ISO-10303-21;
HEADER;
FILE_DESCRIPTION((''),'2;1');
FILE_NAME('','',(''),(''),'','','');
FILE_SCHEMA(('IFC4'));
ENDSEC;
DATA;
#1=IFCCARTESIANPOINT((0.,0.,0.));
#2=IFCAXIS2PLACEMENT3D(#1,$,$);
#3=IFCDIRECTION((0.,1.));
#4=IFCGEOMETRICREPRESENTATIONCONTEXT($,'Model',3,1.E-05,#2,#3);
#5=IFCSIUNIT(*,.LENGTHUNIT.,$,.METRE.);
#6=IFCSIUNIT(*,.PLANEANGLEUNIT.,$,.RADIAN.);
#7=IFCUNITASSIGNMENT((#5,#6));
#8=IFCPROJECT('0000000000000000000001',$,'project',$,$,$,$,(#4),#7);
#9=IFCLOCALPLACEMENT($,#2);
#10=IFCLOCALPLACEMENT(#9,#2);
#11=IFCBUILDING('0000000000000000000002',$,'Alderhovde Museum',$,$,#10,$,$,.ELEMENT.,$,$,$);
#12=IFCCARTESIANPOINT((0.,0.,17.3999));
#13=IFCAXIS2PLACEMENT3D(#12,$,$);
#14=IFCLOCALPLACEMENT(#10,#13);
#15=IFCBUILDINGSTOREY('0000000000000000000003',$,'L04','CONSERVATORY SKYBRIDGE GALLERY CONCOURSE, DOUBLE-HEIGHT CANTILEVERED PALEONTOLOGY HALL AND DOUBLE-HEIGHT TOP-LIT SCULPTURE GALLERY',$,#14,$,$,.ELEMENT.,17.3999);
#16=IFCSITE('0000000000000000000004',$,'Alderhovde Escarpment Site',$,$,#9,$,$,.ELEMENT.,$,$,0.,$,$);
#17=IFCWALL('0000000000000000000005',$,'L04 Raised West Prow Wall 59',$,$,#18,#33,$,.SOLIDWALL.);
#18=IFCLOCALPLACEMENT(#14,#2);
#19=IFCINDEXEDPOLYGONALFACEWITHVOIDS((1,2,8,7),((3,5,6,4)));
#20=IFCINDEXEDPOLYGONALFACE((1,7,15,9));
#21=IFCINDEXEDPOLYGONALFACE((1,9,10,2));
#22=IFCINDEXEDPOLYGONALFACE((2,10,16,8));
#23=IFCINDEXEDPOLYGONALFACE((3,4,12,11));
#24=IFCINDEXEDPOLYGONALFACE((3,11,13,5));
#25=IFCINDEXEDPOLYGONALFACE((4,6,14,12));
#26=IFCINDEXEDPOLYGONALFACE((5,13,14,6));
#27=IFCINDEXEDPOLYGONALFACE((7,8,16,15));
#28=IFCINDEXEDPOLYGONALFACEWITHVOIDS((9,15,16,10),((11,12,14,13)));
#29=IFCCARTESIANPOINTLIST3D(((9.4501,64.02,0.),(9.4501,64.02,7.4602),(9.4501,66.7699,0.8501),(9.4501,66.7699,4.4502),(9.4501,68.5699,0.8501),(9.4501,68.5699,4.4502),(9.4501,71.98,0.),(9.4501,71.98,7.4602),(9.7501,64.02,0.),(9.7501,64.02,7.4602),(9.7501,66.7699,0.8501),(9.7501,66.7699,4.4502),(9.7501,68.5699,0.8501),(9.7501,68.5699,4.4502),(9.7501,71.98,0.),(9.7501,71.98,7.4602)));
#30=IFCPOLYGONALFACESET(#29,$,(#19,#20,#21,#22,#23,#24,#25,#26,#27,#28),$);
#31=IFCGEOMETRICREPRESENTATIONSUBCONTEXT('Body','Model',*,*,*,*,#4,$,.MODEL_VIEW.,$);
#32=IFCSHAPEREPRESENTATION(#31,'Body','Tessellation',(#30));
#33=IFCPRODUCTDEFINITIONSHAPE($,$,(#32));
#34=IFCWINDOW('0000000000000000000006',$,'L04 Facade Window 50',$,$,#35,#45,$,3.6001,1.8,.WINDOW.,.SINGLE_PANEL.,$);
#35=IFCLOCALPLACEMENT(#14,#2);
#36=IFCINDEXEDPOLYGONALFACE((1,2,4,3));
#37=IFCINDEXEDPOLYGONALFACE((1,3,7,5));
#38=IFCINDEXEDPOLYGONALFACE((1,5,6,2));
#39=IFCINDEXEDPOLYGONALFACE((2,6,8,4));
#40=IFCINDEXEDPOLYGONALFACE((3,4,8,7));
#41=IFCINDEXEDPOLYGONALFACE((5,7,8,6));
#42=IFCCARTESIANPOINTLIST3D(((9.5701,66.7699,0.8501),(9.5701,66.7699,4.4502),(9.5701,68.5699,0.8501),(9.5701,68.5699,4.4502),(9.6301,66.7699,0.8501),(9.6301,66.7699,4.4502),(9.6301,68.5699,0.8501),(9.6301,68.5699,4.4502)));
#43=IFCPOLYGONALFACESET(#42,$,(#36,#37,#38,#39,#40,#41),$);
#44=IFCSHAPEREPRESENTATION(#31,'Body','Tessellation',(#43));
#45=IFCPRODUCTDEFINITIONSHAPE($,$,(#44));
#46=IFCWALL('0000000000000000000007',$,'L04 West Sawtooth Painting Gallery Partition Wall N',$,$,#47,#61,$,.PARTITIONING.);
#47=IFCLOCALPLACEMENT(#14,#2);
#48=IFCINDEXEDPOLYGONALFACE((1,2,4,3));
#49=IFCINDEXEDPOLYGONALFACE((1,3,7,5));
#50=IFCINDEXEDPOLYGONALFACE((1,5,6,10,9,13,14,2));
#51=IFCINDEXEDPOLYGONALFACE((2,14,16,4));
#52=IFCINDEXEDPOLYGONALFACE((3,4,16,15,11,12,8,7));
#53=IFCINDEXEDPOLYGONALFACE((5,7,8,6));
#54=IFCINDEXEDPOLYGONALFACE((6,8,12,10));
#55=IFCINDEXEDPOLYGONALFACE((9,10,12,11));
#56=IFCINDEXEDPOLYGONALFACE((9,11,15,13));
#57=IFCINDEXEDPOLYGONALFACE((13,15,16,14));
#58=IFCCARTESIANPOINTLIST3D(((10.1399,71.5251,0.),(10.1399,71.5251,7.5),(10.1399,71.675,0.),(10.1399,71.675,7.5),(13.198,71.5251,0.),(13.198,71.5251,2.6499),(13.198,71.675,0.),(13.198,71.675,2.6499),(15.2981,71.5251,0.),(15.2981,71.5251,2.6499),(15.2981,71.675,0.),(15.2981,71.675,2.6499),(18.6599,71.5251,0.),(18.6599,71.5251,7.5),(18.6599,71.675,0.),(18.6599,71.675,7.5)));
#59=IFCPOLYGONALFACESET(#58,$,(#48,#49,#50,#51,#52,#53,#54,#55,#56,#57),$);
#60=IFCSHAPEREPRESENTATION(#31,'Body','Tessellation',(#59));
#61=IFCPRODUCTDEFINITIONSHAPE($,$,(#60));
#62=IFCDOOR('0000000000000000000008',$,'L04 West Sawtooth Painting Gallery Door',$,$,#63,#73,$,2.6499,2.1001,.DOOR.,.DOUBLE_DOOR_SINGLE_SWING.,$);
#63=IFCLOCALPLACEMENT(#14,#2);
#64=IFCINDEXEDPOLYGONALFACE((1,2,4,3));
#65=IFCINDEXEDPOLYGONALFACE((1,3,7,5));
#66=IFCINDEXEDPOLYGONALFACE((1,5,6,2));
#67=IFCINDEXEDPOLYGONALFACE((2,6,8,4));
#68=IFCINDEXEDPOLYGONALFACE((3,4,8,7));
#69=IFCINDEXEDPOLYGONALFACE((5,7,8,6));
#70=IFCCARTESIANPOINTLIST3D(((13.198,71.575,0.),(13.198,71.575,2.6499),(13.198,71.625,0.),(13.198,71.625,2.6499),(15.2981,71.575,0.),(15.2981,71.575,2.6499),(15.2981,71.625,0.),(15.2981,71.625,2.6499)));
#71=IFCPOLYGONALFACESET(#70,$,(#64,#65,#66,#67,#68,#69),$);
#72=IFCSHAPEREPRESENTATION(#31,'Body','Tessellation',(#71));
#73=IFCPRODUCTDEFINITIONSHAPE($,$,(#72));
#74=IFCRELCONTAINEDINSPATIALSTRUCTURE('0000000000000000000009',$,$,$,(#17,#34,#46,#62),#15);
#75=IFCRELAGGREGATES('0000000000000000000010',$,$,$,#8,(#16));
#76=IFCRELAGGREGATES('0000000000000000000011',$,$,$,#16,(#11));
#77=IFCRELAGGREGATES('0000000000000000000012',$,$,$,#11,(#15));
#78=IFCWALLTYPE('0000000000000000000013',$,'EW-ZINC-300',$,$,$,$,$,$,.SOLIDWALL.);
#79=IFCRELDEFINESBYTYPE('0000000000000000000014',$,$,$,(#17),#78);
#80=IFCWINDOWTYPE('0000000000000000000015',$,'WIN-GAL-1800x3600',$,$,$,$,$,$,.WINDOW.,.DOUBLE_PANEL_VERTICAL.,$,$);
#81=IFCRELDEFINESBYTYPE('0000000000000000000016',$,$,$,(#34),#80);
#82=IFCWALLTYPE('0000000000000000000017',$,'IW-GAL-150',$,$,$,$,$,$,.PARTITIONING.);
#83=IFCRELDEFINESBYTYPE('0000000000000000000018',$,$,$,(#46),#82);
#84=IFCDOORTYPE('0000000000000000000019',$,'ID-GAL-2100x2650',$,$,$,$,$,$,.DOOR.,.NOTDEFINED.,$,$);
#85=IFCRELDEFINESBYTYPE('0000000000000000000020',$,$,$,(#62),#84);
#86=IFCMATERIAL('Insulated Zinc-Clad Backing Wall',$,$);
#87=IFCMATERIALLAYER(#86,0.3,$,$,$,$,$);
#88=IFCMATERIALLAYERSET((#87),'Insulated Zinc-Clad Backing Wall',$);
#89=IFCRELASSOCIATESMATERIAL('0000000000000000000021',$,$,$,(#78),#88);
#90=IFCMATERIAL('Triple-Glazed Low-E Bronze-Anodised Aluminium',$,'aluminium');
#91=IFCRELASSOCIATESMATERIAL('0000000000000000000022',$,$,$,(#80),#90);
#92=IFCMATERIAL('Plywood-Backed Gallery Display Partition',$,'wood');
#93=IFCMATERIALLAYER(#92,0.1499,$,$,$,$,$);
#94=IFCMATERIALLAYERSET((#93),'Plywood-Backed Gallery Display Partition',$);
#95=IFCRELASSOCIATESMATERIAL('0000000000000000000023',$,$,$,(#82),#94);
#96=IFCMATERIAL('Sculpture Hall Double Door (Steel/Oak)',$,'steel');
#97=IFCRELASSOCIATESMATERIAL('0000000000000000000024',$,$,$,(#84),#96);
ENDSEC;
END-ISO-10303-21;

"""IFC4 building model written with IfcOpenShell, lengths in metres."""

from ifc_helpers import new_model, si_unit, direction, frame, frame_2d, origin, place, context, subcontext, project, spatial, rectangle, extrude, material, layer, layer_set, type_object, element, fill, save


model = new_model("IFC4")

# Units and contexts
model_context = context("Model", 3, precision=1e-05, world=origin(), true_north=direction((0.0, 1.0)))
body_context = subcontext(model_context, "Body", "Model", "MODEL_VIEW")
ifc_project = project(units=[si_unit("LENGTHUNIT", "METRE"), si_unit("PLANEANGLEUNIT", "RADIAN")], contexts=[model_context])

# Site, building, storey
site_placement = place(None, origin())
site = spatial("IfcSite", under=ifc_project, at=site_placement, Name="Alderhovde Escarpment Site", CompositionType="ELEMENT", RefElevation=0.0)
building_placement = place(site_placement, origin())
building = spatial("IfcBuilding", under=site, at=building_placement, Name="Alderhovde Museum", CompositionType="ELEMENT")
storey_placement = place(building_placement, frame((0.0, 0.0, 17.3999)))
storey = spatial("IfcBuildingStorey", under=building, at=storey_placement, Name="L04", Description="CONSERVATORY SKYBRIDGE GALLERY CONCOURSE, DOUBLE-HEIGHT CANTILEVERED PALEONTOLOGY HALL AND DOUBLE-HEIGHT TOP-LIT SCULPTURE GALLERY", CompositionType="ELEMENT", Elevation=17.3999)

# Wall, opening, window
ifc_material_1 = material(Name="Insulated Zinc-Clad Backing Wall")
ifc_layer_1 = layer(ifc_material_1, 0.3)
ifc_layer_set_1 = layer_set([ifc_layer_1], Name="Insulated Zinc-Clad Backing Wall")
wall_type_1 = type_object("IfcWallType", Name="EW-ZINC-300", PredefinedType="SOLIDWALL", material=ifc_layer_set_1)
wall_1_placement = place(storey_placement, frame((9.6001, 64.02, 0.0), z_axis=(0.0, 0.0, 1.0), x_axis=(0.0, 1.0, 0.0)))
wall_1 = element("IfcWall", 1, at=wall_1_placement, inside=storey, type_object=wall_type_1, Name="L04 Raised West Prow Wall 59", PredefinedType="SOLIDWALL", context=body_context, shape_type="SweptSolid", body=[
    extrude(rectangle(XDim=7.96, YDim=0.3, at=frame_2d((3.98, 0.0))), origin(), (0.0, 0.0, 1.0), 7.4602),
])
opening_1_placement = place(wall_1_placement, frame((2.75, 0.0, 0.8501)))
opening_1 = element("IfcOpeningElement", 2, at=opening_1_placement, cuts=wall_1, PredefinedType="OPENING", context=body_context, shape_type="SweptSolid", body=[
    extrude(rectangle(XDim=1.8, YDim=3.6001, at=frame_2d((0.8999, 1.8))), frame((0.0, 0.1599, 0.0), z_axis=(0.0, -1.0, 0.0), x_axis=(1.0, 0.0, 0.0)), (0.0, 0.0, 1.0), 0.3201),
])
ifc_material_2 = material(Name="Triple-Glazed Low-E Bronze-Anodised Aluminium", Category="aluminium")
window_type = type_object("IfcWindowType", Name="WIN-GAL-1800x3600", PartitioningType="DOUBLE_PANEL_VERTICAL", PredefinedType="WINDOW", material=ifc_material_2)
window_placement = place(opening_1_placement, origin())
window = element("IfcWindow", 3, at=window_placement, inside=storey, type_object=window_type, Name="L04 Facade Window 50", OverallHeight=3.6001, OverallWidth=1.8, PartitioningType="SINGLE_PANEL", PredefinedType="WINDOW", context=body_context, shape_type="SweptSolid", body=[
    extrude(rectangle(XDim=1.8, YDim=3.6001, at=frame_2d((0.8999, 1.8))), frame((0.0, 0.03, 0.0), z_axis=(0.0, -1.0, 0.0), x_axis=(1.0, 0.0, 0.0)), (0.0, 0.0, 1.0), 0.0601),
])
fill(opening_1, window)

# Wall, opening, door
ifc_material_3 = material(Name="Plywood-Backed Gallery Display Partition", Category="wood")
ifc_layer_2 = layer(ifc_material_3, 0.1499)
ifc_layer_set_2 = layer_set([ifc_layer_2], Name="Plywood-Backed Gallery Display Partition")
wall_type_2 = type_object("IfcWallType", Name="IW-GAL-150", PredefinedType="PARTITIONING", material=ifc_layer_set_2)
wall_2_placement = place(storey_placement, frame((10.1399, 71.6001, 0.0), z_axis=(0.0, 0.0, 1.0), x_axis=(1.0, 0.0, 0.0)))
wall_2 = element("IfcWall", 4, at=wall_2_placement, inside=storey, type_object=wall_type_2, Name="L04 West Sawtooth Painting Gallery Partition Wall N", PredefinedType="PARTITIONING", context=body_context, shape_type="SweptSolid", body=[
    extrude(rectangle(XDim=8.52, YDim=0.1499, at=frame_2d((4.26, 0.0))), origin(), (0.0, 0.0, 1.0), 7.5),
])
opening_2_placement = place(wall_2_placement, frame((3.0581, 0.0, 0.0)))
opening_2 = element("IfcOpeningElement", 5, at=opening_2_placement, cuts=wall_2, PredefinedType="OPENING", context=body_context, shape_type="SweptSolid", body=[
    extrude(rectangle(XDim=2.1001, YDim=2.6499, at=frame_2d((1.05, 1.325))), frame((0.0, 0.085, 0.0), z_axis=(0.0, -1.0, 0.0), x_axis=(1.0, 0.0, 0.0)), (0.0, 0.0, 1.0), 0.1699),
])
ifc_material_4 = material(Name="Sculpture Hall Double Door (Steel/Oak)", Category="steel")
door_type = type_object("IfcDoorType", Name="ID-GAL-2100x2650", OperationType="NOTDEFINED", PredefinedType="DOOR", material=ifc_material_4)
door_placement = place(opening_2_placement, origin())
door = element("IfcDoor", 6, at=door_placement, inside=storey, type_object=door_type, Name="L04 West Sawtooth Painting Gallery Door", OperationType="DOUBLE_DOOR_SINGLE_SWING", OverallHeight=2.6499, OverallWidth=2.1001, PredefinedType="DOOR", context=body_context, shape_type="SweptSolid", body=[
    extrude(rectangle(XDim=2.1001, YDim=2.6499, at=frame_2d((1.05, 1.325))), frame((0.0, 0.0249, 0.0), z_axis=(0.0, -1.0, 0.0), x_axis=(1.0, 0.0, 0.0)), (0.0, 0.0, 1.0), 0.05),
])
fill(opening_2, door)

save(model, "model.ifc")
